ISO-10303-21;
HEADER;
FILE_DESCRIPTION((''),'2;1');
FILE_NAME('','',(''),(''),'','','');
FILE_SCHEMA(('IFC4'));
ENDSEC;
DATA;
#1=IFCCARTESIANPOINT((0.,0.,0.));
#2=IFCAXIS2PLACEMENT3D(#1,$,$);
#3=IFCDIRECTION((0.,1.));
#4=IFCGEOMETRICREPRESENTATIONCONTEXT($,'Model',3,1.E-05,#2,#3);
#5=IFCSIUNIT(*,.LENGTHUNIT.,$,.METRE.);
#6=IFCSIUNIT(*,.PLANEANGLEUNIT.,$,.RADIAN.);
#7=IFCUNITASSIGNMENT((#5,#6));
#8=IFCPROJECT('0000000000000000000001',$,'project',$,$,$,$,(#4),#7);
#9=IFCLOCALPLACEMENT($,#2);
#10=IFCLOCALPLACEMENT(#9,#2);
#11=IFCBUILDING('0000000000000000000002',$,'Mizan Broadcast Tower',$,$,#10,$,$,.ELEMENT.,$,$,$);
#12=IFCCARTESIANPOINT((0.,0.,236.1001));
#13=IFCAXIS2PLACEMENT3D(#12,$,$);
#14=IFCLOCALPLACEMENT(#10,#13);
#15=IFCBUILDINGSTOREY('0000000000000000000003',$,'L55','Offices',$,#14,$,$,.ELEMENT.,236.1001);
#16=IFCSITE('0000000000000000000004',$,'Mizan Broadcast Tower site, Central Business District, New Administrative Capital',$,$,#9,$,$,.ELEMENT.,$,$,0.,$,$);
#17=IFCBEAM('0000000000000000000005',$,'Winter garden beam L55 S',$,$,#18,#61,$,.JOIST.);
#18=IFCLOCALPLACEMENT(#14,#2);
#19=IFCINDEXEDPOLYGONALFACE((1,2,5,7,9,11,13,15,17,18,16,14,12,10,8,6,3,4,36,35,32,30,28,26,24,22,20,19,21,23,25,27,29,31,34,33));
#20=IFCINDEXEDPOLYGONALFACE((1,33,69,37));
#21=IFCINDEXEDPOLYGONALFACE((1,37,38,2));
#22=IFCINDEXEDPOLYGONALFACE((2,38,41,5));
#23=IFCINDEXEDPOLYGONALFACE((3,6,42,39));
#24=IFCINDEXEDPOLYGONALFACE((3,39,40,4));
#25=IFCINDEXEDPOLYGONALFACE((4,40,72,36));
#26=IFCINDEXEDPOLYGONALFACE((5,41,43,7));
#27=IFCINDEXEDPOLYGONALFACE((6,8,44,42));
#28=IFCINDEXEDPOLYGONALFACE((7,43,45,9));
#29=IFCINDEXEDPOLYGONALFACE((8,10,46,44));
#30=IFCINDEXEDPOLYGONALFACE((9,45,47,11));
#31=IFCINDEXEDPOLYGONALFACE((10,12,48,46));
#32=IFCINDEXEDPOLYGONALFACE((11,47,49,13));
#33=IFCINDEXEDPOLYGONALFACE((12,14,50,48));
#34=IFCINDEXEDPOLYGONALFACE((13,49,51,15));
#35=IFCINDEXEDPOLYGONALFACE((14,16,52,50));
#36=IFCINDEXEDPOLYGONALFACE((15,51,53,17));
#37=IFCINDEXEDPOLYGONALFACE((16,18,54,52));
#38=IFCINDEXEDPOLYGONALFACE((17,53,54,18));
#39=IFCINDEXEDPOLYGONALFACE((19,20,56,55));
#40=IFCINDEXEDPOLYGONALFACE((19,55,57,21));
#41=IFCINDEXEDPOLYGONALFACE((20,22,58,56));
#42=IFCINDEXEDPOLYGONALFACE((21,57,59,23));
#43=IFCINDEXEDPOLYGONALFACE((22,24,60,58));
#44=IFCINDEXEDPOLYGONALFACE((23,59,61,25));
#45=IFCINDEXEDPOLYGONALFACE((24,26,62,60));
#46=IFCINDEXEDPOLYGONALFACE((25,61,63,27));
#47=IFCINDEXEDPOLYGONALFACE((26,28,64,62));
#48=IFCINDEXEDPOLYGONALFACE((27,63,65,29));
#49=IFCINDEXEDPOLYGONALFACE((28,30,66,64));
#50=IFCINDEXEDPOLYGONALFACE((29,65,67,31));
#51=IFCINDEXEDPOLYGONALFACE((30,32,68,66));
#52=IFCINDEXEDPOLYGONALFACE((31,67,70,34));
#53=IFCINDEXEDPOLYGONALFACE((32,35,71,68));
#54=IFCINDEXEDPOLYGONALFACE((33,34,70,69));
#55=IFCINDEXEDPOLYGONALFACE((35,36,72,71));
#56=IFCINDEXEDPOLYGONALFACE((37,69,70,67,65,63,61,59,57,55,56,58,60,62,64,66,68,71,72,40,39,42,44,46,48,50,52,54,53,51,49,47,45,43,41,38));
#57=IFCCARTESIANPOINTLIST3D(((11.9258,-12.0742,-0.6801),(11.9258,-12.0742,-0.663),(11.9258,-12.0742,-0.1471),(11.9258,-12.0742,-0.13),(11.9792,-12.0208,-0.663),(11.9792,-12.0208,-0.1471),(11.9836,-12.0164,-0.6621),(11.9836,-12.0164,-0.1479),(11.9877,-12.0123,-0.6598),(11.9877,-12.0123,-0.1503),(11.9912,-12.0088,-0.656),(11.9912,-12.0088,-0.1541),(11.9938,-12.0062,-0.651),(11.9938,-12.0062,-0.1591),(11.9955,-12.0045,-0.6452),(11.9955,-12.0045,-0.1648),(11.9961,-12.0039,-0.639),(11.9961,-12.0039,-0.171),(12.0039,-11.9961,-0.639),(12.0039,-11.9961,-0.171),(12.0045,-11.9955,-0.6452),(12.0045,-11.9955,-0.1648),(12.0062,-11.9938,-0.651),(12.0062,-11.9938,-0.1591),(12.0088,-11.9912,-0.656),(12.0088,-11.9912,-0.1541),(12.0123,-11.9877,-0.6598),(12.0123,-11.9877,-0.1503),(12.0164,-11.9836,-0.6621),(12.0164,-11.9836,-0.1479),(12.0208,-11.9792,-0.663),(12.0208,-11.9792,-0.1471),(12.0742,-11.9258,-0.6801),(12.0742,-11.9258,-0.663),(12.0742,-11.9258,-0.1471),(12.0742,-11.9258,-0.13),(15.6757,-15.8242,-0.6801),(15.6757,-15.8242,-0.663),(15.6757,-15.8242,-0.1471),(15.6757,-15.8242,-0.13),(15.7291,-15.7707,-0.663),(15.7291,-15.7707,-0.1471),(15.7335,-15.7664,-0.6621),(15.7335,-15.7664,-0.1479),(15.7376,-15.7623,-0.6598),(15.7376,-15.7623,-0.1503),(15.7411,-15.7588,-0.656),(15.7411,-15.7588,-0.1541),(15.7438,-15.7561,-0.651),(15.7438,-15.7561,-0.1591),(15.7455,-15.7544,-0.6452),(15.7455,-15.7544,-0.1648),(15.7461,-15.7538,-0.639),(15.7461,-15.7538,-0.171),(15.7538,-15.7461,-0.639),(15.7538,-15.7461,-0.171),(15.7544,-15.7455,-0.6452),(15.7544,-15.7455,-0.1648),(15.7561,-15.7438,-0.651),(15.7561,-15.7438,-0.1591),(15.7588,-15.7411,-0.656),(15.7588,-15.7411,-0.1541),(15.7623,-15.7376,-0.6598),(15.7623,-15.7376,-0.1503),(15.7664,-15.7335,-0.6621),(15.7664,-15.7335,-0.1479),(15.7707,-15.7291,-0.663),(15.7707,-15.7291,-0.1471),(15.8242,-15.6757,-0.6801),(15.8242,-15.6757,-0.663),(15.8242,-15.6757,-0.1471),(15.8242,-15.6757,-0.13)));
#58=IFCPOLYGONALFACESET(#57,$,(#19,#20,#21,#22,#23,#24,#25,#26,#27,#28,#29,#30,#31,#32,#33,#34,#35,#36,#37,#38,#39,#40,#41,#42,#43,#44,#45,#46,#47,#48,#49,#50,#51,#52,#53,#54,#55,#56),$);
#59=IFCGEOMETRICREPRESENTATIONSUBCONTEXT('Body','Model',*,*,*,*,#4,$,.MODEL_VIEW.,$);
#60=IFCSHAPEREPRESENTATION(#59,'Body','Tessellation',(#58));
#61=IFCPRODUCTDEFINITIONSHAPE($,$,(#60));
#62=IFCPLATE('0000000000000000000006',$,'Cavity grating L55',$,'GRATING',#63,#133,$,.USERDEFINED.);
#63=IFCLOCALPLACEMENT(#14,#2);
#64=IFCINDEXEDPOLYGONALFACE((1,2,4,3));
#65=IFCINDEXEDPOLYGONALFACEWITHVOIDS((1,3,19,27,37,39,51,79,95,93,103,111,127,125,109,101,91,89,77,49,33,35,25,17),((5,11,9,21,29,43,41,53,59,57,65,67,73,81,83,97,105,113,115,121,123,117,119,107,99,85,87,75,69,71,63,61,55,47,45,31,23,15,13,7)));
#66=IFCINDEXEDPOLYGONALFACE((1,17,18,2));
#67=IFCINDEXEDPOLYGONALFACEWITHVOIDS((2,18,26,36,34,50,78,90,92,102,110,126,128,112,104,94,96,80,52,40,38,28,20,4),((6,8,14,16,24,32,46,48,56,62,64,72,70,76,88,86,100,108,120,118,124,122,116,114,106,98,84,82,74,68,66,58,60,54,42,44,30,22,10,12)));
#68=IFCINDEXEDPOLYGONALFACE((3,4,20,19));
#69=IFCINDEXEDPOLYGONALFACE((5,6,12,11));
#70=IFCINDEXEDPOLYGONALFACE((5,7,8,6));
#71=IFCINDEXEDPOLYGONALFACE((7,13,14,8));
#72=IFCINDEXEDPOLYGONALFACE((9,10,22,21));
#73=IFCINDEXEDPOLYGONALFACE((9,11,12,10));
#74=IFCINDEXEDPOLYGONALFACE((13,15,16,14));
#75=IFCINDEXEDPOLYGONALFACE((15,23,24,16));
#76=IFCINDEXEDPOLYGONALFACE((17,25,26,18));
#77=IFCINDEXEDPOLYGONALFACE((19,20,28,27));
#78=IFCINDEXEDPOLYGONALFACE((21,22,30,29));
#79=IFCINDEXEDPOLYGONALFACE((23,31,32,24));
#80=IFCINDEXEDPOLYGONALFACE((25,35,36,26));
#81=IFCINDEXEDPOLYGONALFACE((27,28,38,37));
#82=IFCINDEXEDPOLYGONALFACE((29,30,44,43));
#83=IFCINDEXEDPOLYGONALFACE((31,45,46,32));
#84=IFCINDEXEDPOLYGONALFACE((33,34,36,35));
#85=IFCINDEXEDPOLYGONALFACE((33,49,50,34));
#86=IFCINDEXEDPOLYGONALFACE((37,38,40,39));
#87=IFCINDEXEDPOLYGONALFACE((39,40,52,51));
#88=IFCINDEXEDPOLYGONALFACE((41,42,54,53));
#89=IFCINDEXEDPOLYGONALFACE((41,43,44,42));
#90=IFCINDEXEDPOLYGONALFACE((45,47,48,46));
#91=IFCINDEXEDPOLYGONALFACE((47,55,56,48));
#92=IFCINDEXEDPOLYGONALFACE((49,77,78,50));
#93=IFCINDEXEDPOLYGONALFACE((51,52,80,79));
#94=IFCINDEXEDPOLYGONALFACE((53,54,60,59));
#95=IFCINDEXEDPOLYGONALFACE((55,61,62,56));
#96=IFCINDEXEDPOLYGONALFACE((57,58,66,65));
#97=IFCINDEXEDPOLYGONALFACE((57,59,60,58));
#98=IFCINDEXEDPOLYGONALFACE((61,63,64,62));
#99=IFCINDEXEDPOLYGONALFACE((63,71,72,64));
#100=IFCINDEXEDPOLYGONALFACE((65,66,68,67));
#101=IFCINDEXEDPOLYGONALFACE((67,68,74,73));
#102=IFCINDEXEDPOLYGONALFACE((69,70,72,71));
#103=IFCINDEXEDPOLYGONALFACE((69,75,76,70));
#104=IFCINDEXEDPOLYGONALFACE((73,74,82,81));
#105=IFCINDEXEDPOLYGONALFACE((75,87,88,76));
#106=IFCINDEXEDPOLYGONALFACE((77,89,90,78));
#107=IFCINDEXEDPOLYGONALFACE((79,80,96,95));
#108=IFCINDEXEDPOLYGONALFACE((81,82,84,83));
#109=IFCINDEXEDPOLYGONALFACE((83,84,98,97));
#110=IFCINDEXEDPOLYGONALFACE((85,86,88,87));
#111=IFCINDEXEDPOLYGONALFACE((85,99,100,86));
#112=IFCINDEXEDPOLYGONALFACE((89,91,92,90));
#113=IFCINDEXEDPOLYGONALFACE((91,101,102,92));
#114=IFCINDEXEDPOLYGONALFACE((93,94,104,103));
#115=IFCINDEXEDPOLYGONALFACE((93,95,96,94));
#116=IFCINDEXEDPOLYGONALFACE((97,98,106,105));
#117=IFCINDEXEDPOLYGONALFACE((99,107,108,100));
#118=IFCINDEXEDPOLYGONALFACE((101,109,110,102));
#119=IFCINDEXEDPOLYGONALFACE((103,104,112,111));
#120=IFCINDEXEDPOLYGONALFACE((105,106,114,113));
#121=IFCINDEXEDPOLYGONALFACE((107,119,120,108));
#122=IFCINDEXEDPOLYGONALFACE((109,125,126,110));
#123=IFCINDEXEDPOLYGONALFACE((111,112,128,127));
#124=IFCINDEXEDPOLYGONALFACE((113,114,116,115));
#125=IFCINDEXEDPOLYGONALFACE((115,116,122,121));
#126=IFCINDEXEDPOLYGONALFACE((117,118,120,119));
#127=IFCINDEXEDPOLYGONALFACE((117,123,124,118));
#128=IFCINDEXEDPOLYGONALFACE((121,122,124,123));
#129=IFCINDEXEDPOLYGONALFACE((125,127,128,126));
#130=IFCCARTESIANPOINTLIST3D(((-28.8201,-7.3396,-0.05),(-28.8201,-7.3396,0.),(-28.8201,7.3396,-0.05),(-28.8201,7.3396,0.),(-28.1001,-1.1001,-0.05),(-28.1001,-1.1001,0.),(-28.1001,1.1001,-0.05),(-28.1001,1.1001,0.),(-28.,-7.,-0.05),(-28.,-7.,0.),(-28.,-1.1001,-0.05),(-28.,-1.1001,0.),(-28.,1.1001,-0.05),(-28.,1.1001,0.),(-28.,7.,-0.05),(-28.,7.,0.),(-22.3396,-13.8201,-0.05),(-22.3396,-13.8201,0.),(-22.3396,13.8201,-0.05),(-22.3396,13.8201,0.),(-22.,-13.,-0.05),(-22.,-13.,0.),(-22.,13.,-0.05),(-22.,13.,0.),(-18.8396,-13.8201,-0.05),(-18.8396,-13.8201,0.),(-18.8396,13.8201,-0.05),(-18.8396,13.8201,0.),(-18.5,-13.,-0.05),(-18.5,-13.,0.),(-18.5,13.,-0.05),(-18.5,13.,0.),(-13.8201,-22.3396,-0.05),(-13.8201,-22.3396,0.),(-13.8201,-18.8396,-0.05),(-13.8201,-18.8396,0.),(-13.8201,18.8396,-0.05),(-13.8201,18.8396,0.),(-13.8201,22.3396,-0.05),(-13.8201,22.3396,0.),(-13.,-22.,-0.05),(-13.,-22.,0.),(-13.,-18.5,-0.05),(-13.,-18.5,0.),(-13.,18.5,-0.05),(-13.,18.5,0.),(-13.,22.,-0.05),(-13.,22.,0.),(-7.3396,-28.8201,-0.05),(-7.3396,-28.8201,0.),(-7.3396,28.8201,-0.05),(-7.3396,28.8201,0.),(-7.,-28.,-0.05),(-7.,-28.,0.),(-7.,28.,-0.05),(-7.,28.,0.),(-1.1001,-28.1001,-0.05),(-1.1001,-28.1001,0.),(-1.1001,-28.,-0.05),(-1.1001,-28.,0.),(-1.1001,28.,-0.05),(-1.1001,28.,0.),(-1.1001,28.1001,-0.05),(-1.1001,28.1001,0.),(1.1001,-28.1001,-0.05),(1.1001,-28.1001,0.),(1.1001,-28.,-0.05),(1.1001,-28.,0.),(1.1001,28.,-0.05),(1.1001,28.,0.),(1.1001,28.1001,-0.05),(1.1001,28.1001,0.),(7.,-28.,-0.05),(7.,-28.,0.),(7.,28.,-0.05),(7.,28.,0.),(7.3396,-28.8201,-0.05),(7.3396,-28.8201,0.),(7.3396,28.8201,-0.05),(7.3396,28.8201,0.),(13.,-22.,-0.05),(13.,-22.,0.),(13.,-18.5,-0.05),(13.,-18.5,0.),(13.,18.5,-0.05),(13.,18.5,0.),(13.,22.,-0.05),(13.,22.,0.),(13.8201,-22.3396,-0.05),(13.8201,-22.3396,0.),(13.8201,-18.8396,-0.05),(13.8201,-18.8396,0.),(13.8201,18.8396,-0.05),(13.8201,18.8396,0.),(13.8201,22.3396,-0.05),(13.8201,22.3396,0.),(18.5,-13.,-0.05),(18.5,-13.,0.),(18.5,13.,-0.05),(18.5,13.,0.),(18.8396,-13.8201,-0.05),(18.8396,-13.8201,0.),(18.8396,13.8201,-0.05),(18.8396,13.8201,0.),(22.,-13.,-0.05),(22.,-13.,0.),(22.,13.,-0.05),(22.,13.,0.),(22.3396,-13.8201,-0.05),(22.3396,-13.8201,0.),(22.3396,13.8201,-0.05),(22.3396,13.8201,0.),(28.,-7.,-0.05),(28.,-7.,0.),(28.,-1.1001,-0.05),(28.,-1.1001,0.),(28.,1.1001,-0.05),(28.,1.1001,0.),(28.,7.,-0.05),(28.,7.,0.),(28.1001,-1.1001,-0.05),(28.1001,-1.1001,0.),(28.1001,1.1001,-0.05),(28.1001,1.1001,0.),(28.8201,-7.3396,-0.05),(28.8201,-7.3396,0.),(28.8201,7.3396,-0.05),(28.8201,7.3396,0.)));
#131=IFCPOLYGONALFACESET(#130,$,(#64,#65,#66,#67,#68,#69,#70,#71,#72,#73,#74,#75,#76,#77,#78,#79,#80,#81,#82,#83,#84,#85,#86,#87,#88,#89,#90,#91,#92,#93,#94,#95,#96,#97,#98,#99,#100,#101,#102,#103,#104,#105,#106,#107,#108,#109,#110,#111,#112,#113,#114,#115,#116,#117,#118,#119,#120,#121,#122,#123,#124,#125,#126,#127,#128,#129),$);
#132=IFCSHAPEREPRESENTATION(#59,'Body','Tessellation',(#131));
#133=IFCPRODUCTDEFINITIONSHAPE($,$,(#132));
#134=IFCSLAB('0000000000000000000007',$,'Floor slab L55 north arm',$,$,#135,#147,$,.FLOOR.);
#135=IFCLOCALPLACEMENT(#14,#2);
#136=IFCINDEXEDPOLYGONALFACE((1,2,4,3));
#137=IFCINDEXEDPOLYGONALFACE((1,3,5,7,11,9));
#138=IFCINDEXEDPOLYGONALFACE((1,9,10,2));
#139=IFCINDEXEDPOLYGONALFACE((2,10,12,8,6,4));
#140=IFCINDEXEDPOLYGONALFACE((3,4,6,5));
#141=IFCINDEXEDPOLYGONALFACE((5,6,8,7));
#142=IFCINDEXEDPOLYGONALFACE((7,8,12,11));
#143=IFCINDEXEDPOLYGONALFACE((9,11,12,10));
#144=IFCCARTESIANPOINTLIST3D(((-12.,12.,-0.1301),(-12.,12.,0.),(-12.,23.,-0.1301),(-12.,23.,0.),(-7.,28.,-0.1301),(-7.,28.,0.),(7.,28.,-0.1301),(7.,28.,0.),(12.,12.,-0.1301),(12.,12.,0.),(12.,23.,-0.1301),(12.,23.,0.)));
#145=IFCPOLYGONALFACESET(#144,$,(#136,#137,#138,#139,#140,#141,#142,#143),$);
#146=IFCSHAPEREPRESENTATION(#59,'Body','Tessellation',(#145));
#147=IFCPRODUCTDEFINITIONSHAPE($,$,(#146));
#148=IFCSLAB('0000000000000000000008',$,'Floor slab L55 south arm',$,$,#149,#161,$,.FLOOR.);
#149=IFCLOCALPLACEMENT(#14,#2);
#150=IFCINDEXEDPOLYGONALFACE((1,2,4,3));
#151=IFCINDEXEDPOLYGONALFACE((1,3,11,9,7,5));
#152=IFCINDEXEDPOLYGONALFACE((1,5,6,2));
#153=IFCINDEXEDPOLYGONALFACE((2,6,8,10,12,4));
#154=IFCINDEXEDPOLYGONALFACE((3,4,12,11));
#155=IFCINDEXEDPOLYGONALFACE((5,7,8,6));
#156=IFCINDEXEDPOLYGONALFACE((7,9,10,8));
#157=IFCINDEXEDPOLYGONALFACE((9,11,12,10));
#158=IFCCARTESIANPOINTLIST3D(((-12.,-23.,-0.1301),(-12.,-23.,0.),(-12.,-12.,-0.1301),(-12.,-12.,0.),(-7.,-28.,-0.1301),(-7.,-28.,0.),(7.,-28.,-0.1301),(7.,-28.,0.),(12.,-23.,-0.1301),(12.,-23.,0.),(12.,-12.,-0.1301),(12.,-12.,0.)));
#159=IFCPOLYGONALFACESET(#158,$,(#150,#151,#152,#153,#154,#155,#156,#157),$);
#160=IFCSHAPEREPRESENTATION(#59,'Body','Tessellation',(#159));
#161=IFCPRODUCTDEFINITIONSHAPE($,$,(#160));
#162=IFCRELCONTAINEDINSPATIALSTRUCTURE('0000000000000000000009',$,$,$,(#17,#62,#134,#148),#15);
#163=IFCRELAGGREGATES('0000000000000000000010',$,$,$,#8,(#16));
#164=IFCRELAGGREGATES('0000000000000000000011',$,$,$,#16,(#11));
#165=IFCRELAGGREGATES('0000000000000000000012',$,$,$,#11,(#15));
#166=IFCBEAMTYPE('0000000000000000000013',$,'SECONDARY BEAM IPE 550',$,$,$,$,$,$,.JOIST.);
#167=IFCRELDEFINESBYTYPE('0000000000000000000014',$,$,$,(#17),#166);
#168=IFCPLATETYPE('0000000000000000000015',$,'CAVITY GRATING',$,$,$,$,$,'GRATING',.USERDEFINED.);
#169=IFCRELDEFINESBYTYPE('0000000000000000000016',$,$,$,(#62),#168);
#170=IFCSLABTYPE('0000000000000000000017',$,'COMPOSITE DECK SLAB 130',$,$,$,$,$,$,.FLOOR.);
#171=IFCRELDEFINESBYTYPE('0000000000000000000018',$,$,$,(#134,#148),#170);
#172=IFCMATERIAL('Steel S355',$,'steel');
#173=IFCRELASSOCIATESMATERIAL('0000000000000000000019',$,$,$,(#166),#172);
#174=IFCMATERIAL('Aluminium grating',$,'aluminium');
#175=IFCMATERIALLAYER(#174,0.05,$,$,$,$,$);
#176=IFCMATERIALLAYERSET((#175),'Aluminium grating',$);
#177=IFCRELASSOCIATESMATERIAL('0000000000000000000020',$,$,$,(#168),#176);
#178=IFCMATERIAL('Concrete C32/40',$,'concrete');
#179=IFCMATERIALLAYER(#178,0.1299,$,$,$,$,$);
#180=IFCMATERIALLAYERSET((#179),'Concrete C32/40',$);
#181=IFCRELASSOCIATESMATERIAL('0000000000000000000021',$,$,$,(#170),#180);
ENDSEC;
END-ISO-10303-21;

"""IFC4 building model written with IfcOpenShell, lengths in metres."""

from ifc_helpers import new_model, si_unit, direction, frame, origin, origin_2d, place, context, subcontext, project, spatial, polyline, i_section, outline, extrude, material, layer, layer_set, material_profile, profile_set, type_object, element, save


model = new_model("IFC4")

# Units and contexts
model_context = context("Model", 3, precision=1e-05, world=origin(), true_north=direction((0.0, 1.0)))
body_context = subcontext(model_context, "Body", "Model", "MODEL_VIEW")
ifc_project = project(units=[si_unit("LENGTHUNIT", "METRE"), si_unit("PLANEANGLEUNIT", "RADIAN")], contexts=[model_context])

# Site, building, storey
site_placement = place(None, origin())
site = spatial("IfcSite", under=ifc_project, at=site_placement, Name="Mizan Broadcast Tower site, Central Business District, New Administrative Capital", CompositionType="ELEMENT", RefElevation=0.0)
building_placement = place(site_placement, origin())
building = spatial("IfcBuilding", under=site, at=building_placement, Name="Mizan Broadcast Tower", CompositionType="ELEMENT")
storey_placement = place(building_placement, frame((0.0, 0.0, 236.1001)))
storey = spatial("IfcBuildingStorey", under=building, at=storey_placement, Name="L55", Description="Offices", CompositionType="ELEMENT", Elevation=236.1001)

# Beam
ifc_material_1 = material(Name="Steel S355", Category="steel")
ifc_material_profile_1 = material_profile(ifc_material_1, i_section(OverallWidth=0.21, OverallDepth=0.55, WebThickness=0.011, FlangeThickness=0.0171, FilletRadius=0.0239, at=origin_2d()), Name="IPE 550")
ifc_profile_set_1 = profile_set([ifc_material_profile_1], Name="Steel S355")
beam_type_1 = type_object("IfcBeamType", Name="SECONDARY BEAM IPE 550", PredefinedType="JOIST", material=ifc_profile_set_1)
beam_1_placement = place(storey_placement, frame((12.0, -12.0, -0.405), z_axis=(0.707107, -0.707107, 0.0), x_axis=(0.707107, 0.707107, 0.0)))
element("IfcBeam", 1, at=beam_1_placement, inside=storey, type_object=beam_type_1, Name="Winter garden beam L55 S", PredefinedType="JOIST", context=body_context, shape_type="SweptSolid", body=[
    extrude(i_section(OverallWidth=0.21, OverallDepth=0.55, WebThickness=0.011, FlangeThickness=0.0171, FilletRadius=0.0239, at=origin_2d()), origin(), (0.0, 0.0, 1.0), 5.3032),
])

# Plate
ifc_material_2 = material(Name="Aluminium grating", Category="aluminium")
ifc_layer_1 = layer(ifc_material_2, 0.05)
ifc_layer_set_1 = layer_set([ifc_layer_1], Name="Aluminium grating")
plate_type = type_object("IfcPlateType", Name="CAVITY GRATING", ElementType="GRATING", PredefinedType="USERDEFINED", material=ifc_layer_set_1)
plate_placement = place(storey_placement, frame((0.0, 0.0, -0.05)))
element("IfcPlate", 2, at=plate_placement, inside=storey, type_object=plate_type, Name="Cavity grating L55", ObjectType="GRATING", PredefinedType="USERDEFINED", context=body_context, shape_type="SweptSolid", body=[
    extrude(outline(polyline([(13.8201, -18.8396), (18.8396, -13.8201), (22.3396, -13.8201), (28.8201, -7.3396), (28.8201, 7.3396), (22.3396, 13.8201), (18.8396, 13.8201), (13.8201, 18.8396), (13.8201, 22.3396), (7.3396, 28.8201), (-7.3396, 28.8201), (-13.8201, 22.3396), (-13.8201, 18.8396), (-18.8396, 13.8201), (-22.3396, 13.8201), (-28.8201, 7.3396), (-28.8201, -7.3396), (-22.3396, -13.8201), (-18.8396, -13.8201), (-13.8201, -18.8396), (-13.8201, -22.3396), (-7.3396, -28.8201), (7.3396, -28.8201), (13.8201, -22.3396), (13.8201, -18.8396)]), holes=[polyline([(28.0, -1.1001), (28.0, -7.0), (22.0, -13.0), (18.5, -13.0), (13.0, -18.5), (13.0, -22.0), (7.0, -28.0), (1.1001, -28.0), (1.1001, -28.1001), (-1.1001, -28.1001), (-1.1001, -28.0), (-7.0, -28.0), (-13.0, -22.0), (-13.0, -18.5), (-18.5, -13.0), (-22.0, -13.0), (-28.0, -7.0), (-28.0, -1.1001), (-28.1001, -1.1001), (-28.1001, 1.1001), (-28.0, 1.1001), (-28.0, 7.0), (-22.0, 13.0), (-18.5, 13.0), (-13.0, 18.5), (-13.0, 22.0), (-7.0, 28.0), (-1.1001, 28.0), (-1.1001, 28.1001), (1.1001, 28.1001), (1.1001, 28.0), (7.0, 28.0), (13.0, 22.0), (13.0, 18.5), (18.5, 13.0), (22.0, 13.0), (28.0, 7.0), (28.0, 1.1001), (28.1001, 1.1001), (28.1001, -1.1001), (28.0, -1.1001)])]), origin(), (0.0, 0.0, 1.0), 0.05),
])

# Slabs
ifc_material_3 = material(Name="Concrete C32/40", Category="concrete")
ifc_layer_2 = layer(ifc_material_3, 0.1299)
ifc_layer_set_2 = layer_set([ifc_layer_2], Name="Concrete C32/40")
slab_type_1 = type_object("IfcSlabType", Name="COMPOSITE DECK SLAB 130", PredefinedType="FLOOR", material=ifc_layer_set_2)
slab_1_placement = place(storey_placement, frame((0.0, 0.0, -0.1301)))
element("IfcSlab", 3, at=slab_1_placement, inside=storey, type_object=slab_type_1, Name="Floor slab L55 north arm", PredefinedType="FLOOR", context=body_context, shape_type="SweptSolid", body=[
    extrude(outline(polyline([(-7.0, 28.0), (-12.0, 23.0), (-12.0, 12.0), (12.0, 12.0), (12.0, 23.0), (7.0, 28.0), (-7.0, 28.0)])), origin(), (0.0, 0.0, 1.0), 0.1301),
])
slab_2_placement = place(storey_placement, frame((0.0, 0.0, -0.1301)))
element("IfcSlab", 4, at=slab_2_placement, inside=storey, type_object=slab_type_1, Name="Floor slab L55 south arm", PredefinedType="FLOOR", context=body_context, shape_type="SweptSolid", body=[
    extrude(outline(polyline([(7.0, -28.0), (12.0, -23.0), (12.0, -12.0), (-12.0, -12.0), (-12.0, -23.0), (-7.0, -28.0), (7.0, -28.0)])), origin(), (0.0, 0.0, 1.0), 0.1301),
])

save(model, "model.ifc")
